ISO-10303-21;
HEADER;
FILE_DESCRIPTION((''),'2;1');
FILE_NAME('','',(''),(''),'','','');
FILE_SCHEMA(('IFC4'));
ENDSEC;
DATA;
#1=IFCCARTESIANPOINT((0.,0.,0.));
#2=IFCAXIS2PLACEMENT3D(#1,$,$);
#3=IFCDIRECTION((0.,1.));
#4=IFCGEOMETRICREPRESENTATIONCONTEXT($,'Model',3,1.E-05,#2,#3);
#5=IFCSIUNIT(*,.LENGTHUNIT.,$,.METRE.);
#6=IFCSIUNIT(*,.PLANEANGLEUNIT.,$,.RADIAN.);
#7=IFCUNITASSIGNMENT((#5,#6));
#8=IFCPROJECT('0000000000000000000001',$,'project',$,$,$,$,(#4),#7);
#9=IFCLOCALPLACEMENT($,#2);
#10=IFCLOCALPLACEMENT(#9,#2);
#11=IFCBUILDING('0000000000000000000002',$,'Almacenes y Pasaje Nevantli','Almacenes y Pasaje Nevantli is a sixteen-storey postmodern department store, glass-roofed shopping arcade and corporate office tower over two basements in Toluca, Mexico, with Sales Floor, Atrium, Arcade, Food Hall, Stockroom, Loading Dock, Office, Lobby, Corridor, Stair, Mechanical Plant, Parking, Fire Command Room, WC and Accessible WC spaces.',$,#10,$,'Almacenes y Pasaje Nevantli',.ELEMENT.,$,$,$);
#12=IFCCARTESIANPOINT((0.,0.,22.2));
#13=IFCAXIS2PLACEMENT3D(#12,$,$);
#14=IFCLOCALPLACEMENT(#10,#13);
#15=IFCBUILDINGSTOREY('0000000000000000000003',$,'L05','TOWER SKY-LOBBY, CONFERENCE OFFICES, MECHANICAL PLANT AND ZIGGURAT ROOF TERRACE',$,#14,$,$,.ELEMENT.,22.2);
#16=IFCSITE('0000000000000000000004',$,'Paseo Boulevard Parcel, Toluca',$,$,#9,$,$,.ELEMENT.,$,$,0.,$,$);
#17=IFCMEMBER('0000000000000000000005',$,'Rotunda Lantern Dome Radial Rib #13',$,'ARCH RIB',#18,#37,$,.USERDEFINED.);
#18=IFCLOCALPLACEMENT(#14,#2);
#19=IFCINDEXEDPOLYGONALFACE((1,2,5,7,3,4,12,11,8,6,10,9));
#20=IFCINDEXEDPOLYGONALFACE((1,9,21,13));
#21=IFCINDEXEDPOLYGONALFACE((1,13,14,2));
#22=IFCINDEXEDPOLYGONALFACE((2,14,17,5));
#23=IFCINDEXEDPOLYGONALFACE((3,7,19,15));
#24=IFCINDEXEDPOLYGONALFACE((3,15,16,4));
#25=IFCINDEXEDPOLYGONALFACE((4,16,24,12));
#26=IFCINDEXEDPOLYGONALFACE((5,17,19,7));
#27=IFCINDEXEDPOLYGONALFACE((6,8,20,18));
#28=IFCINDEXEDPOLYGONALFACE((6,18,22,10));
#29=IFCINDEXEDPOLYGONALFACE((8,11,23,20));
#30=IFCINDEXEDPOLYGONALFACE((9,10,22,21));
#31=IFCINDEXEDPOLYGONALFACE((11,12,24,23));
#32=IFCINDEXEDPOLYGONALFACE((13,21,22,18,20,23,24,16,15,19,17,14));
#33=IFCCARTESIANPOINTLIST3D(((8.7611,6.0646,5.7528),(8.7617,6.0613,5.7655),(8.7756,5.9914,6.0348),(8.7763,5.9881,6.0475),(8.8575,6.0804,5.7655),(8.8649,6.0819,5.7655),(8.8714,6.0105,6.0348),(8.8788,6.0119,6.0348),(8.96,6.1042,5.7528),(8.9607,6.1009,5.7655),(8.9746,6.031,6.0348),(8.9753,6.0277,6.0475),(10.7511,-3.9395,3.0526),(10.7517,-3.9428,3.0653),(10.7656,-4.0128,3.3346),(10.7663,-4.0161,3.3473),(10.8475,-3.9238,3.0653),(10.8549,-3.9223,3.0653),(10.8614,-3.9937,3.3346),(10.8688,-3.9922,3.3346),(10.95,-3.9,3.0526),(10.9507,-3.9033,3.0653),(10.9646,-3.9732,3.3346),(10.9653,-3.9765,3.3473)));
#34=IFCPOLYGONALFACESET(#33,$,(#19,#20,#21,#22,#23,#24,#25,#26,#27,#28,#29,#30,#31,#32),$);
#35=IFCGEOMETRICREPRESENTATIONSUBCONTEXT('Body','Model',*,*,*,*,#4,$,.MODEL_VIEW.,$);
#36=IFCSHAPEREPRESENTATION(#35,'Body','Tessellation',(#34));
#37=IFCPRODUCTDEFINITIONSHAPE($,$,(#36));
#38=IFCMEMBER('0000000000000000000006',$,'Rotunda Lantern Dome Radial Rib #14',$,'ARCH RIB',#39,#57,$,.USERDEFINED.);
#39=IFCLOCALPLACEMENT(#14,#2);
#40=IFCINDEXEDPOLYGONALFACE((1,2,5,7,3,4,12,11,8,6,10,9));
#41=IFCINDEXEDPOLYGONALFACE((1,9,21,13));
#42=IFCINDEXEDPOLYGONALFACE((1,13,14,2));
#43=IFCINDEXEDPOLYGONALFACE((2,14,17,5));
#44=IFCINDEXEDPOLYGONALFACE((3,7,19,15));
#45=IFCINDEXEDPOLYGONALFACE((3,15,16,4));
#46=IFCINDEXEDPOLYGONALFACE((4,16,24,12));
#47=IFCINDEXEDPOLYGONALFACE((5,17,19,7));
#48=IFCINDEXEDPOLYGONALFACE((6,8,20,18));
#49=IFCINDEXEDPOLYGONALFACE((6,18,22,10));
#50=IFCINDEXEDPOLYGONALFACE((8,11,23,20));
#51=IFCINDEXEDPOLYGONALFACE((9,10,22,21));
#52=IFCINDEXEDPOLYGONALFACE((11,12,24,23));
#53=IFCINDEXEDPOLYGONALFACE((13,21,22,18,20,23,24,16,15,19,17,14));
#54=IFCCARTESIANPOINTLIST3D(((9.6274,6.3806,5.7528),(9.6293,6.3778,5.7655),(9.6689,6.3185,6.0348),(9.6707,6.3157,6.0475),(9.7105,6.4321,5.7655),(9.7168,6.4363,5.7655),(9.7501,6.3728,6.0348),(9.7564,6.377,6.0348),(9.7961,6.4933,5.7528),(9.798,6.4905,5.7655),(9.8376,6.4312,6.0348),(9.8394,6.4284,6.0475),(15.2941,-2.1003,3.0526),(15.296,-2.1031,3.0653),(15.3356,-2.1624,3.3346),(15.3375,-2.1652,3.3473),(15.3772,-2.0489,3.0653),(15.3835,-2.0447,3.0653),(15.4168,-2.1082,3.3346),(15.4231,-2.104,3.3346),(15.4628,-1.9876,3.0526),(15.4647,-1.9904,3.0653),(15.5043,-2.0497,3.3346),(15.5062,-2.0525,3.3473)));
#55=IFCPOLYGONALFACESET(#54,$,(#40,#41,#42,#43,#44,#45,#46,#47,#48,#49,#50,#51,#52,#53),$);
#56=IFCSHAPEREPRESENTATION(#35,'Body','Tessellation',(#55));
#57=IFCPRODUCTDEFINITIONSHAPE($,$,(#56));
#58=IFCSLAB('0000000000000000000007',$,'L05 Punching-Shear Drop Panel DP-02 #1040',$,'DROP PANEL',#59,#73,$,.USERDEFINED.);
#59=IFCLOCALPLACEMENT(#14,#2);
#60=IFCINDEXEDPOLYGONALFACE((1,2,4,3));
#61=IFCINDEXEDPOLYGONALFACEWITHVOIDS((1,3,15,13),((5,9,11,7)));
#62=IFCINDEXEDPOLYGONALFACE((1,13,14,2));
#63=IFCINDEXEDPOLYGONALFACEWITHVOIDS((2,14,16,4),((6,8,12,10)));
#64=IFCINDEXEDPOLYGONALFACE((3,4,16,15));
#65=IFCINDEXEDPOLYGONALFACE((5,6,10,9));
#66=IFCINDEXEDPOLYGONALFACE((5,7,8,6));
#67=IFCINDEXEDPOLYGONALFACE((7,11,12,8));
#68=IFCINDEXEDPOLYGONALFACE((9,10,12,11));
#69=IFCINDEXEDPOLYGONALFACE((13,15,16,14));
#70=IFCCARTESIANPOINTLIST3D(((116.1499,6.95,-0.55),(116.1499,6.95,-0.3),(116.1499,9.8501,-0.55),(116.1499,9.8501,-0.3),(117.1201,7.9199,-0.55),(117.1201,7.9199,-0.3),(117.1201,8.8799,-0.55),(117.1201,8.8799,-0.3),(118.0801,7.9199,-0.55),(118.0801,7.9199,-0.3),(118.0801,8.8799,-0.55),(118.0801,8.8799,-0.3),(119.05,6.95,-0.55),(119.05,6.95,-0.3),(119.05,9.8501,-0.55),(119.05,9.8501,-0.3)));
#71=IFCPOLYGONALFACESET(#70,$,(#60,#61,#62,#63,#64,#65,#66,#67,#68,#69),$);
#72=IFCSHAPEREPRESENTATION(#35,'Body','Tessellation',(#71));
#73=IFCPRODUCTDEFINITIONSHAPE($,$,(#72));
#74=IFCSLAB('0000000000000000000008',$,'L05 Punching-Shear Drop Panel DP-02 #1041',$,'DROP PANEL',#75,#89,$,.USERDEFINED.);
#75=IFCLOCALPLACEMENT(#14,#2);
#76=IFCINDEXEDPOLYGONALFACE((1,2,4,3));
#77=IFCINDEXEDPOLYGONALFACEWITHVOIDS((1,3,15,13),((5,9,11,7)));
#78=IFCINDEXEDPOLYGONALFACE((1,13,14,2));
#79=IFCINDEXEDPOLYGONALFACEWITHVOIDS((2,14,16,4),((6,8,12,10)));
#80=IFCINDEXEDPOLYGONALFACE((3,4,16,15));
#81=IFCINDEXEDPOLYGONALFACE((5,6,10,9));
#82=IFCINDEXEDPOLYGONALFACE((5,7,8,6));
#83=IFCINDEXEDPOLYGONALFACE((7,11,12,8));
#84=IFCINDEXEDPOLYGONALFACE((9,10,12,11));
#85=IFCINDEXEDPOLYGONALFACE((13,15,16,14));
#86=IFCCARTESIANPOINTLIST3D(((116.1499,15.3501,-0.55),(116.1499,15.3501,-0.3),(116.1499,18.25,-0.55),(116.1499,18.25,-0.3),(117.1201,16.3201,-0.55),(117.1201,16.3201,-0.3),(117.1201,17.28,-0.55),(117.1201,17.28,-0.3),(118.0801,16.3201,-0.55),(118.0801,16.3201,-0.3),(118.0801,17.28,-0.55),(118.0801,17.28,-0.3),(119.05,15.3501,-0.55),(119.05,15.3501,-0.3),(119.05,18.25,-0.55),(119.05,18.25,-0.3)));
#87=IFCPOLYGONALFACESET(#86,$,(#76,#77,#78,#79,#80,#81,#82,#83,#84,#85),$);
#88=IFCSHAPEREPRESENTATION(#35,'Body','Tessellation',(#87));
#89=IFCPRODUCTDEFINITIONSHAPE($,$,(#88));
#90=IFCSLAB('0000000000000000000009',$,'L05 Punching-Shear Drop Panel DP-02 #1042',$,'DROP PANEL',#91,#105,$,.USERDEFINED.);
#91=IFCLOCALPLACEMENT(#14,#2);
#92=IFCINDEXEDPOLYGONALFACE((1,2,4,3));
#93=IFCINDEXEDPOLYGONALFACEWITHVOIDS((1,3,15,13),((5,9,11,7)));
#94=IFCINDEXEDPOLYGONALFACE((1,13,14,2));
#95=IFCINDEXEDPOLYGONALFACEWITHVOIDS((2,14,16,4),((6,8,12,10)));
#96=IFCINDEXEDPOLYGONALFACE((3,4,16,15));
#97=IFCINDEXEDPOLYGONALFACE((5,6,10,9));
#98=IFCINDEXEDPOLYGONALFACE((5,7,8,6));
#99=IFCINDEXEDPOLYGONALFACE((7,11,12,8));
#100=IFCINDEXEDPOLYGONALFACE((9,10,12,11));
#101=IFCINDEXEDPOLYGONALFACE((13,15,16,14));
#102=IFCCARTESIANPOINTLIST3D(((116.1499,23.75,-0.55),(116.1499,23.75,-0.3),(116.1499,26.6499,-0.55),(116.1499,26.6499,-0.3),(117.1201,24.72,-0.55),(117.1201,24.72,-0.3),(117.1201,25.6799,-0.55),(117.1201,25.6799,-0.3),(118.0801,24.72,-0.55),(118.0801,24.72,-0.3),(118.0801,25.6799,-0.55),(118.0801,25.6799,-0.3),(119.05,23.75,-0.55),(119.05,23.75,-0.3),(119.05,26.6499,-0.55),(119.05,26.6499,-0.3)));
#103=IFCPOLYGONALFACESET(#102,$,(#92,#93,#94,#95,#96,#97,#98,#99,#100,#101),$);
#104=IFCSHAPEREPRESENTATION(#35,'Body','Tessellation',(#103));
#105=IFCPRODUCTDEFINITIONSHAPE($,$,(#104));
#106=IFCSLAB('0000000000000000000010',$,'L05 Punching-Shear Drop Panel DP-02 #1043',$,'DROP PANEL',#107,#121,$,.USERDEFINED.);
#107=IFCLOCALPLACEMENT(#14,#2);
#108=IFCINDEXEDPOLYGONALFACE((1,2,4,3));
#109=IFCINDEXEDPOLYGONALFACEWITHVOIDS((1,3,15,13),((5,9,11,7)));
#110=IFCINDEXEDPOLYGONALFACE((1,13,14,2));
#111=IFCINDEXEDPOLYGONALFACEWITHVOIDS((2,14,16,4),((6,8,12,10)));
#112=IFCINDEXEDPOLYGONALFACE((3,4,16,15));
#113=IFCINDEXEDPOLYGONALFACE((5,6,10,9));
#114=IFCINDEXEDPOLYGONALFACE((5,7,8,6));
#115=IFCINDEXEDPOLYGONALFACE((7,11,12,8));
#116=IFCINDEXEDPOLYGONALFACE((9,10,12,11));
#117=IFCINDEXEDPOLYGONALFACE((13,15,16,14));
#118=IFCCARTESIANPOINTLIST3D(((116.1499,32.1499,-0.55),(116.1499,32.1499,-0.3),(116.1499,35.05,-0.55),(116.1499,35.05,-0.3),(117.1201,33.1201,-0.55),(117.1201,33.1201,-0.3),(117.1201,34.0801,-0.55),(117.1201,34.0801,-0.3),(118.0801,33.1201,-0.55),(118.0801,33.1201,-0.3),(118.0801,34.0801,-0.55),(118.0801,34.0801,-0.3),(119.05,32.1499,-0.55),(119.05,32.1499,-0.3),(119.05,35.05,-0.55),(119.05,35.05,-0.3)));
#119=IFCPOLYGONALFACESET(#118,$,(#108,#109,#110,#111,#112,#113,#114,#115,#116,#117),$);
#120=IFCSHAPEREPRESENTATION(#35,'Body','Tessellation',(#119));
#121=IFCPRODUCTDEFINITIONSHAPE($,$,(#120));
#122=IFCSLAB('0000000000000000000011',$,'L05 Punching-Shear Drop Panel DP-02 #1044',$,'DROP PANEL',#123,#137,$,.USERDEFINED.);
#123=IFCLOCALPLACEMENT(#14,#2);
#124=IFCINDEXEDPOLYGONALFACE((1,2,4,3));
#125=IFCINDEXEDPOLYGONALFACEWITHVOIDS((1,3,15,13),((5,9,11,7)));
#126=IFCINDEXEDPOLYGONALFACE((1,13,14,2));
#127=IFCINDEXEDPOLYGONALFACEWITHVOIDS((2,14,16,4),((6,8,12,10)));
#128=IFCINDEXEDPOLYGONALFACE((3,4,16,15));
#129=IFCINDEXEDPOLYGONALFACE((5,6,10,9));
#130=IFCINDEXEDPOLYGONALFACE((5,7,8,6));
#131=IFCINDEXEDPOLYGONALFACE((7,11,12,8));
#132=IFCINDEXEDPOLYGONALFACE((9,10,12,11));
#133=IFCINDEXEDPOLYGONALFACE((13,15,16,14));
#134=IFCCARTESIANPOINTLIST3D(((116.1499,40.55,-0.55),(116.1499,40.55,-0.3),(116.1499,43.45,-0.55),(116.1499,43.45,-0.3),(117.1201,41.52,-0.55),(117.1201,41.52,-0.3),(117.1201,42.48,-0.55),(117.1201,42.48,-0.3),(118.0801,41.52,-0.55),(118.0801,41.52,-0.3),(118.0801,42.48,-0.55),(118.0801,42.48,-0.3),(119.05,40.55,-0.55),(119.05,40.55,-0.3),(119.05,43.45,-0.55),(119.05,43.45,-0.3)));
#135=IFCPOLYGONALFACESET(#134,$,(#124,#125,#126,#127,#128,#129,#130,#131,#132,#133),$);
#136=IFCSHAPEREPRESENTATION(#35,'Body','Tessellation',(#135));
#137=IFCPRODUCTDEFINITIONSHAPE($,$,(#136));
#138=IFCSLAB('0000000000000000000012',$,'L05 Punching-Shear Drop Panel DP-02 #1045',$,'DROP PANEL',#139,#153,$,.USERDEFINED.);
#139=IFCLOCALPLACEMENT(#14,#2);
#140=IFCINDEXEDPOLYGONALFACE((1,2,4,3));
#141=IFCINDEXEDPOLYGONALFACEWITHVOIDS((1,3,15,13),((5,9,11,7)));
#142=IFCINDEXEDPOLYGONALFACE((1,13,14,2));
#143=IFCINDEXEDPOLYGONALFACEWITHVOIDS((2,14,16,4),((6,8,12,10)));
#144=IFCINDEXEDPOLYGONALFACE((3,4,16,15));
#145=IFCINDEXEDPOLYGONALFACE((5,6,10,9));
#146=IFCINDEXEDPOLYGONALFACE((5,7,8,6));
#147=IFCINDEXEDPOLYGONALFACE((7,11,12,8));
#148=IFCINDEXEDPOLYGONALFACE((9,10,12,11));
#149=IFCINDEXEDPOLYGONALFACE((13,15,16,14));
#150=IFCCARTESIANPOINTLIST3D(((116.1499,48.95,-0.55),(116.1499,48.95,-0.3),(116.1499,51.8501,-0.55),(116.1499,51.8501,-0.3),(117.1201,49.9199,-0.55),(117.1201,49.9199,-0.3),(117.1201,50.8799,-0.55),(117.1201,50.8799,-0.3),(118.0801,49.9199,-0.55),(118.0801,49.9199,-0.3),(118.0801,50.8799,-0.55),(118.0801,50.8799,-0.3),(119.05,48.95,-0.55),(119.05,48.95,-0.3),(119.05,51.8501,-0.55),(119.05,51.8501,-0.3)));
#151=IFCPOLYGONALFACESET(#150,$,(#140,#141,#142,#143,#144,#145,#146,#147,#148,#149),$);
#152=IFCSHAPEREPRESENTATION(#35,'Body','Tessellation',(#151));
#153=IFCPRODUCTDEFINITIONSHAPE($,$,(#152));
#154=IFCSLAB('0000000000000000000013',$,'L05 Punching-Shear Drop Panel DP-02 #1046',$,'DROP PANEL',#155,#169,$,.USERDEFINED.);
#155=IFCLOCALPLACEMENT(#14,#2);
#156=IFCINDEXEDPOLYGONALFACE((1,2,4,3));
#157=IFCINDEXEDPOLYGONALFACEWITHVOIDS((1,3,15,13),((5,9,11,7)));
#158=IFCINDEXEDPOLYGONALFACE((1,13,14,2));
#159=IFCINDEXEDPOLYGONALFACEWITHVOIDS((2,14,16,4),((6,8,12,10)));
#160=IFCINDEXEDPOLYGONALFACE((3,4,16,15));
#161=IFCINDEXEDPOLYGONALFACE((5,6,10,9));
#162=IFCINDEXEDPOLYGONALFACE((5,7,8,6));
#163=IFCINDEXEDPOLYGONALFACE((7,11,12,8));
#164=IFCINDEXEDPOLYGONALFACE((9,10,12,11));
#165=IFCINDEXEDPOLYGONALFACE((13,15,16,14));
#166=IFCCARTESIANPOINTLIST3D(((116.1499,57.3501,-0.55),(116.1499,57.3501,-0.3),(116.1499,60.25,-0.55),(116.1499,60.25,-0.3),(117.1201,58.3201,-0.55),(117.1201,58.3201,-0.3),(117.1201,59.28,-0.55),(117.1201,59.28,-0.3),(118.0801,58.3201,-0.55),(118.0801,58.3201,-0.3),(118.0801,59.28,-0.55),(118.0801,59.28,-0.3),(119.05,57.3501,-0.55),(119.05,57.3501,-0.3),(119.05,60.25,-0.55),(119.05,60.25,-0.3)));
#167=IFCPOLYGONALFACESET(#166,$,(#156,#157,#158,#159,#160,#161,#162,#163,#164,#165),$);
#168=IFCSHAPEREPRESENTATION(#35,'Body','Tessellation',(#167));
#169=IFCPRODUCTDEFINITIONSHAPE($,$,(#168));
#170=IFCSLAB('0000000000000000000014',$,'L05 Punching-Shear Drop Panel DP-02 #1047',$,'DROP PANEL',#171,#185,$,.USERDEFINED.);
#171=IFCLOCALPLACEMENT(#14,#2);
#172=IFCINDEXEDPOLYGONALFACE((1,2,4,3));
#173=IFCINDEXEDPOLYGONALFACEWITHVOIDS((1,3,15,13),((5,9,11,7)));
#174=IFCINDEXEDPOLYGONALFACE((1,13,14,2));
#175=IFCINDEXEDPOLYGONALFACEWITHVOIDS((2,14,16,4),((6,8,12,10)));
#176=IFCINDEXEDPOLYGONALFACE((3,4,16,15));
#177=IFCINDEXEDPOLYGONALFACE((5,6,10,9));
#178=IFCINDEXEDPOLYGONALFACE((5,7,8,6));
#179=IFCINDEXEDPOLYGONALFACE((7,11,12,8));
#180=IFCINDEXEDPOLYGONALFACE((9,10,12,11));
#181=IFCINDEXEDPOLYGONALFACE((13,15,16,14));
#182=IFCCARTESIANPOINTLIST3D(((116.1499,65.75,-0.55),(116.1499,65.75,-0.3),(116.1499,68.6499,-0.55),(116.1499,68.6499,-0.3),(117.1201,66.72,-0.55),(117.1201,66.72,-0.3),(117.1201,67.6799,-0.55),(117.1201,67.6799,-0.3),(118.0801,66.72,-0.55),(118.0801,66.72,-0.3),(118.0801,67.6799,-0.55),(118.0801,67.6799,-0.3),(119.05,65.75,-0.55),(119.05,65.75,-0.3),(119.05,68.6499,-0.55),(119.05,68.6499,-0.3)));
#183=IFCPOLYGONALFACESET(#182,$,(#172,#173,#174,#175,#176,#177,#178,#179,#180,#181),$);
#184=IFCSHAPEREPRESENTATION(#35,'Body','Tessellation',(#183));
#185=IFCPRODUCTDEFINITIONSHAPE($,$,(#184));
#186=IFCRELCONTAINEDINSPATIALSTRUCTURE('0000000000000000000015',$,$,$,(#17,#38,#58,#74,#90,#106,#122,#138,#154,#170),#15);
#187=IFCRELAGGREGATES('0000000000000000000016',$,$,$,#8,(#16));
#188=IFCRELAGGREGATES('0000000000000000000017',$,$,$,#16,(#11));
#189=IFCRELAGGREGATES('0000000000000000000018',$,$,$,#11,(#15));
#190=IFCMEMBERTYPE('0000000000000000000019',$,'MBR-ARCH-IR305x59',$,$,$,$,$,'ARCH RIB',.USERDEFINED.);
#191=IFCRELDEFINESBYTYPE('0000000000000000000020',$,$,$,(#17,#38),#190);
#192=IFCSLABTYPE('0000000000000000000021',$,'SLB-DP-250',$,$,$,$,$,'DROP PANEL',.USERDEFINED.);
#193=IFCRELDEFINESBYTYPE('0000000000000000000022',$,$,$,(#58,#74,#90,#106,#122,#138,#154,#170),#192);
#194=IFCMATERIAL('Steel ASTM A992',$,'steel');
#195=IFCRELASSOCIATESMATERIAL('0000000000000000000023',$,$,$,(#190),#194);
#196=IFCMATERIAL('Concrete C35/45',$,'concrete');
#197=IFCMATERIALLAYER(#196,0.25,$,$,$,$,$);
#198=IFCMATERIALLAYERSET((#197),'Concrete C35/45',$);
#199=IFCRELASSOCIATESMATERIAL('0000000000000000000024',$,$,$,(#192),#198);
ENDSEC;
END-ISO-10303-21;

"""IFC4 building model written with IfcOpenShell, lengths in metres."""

from ifc_helpers import new_model, si_unit, direction, frame, origin, origin_2d, place, context, subcontext, project, spatial, polyline, i_section, outline, extrude, material, layer, layer_set, material_profile, profile_set, type_object, element, save


model = new_model("IFC4")

# Units and contexts
model_context = context("Model", 3, precision=1e-05, world=origin(), true_north=direction((0.0, 1.0)))
body_context = subcontext(model_context, "Body", "Model", "MODEL_VIEW")
ifc_project = project(units=[si_unit("LENGTHUNIT", "METRE"), si_unit("PLANEANGLEUNIT", "RADIAN")], contexts=[model_context])

# Site, building, storey
site_placement = place(None, origin())
site = spatial("IfcSite", under=ifc_project, at=site_placement, Name="Paseo Boulevard Parcel, Toluca", CompositionType="ELEMENT", RefElevation=0.0)
building_placement = place(site_placement, origin())
building = spatial("IfcBuilding", under=site, at=building_placement, Name="Almacenes y Pasaje Nevantli", Description="Almacenes y Pasaje Nevantli is a sixteen-storey postmodern department store, glass-roofed shopping arcade and corporate office tower over two basements in Toluca, Mexico, with Sales Floor, Atrium, Arcade, Food Hall, Stockroom, Loading Dock, Office, Lobby, Corridor, Stair, Mechanical Plant, Parking, Fire Command Room, WC and Accessible WC spaces.", LongName="Almacenes y Pasaje Nevantli", CompositionType="ELEMENT")
storey_placement = place(building_placement, frame((0.0, 0.0, 22.2)))
storey = spatial("IfcBuildingStorey", under=building, at=storey_placement, Name="L05", Description="TOWER SKY-LOBBY, CONFERENCE OFFICES, MECHANICAL PLANT AND ZIGGURAT ROOF TERRACE", CompositionType="ELEMENT", Elevation=22.2)

# Members
ifc_material_1 = material(Name="Steel ASTM A992", Category="steel")
ifc_material_profile_1 = material_profile(ifc_material_1, i_section(OverallWidth=0.2029, OverallDepth=0.3049, WebThickness=0.0076, FlangeThickness=0.0132, at=origin_2d()), Name="IR 305x59.5")
ifc_profile_set_1 = profile_set([ifc_material_profile_1], Name="Steel ASTM A992")
member_type = type_object("IfcMemberType", Name="MBR-ARCH-IR305x59", ElementType="ARCH RIB", PredefinedType="USERDEFINED", material=ifc_profile_set_1)
for number, where, z_axis, x_axis, name in (
    (1, (10.8582, -3.958, 3.2), (-0.188598, 0.948126, 0.255906), (-0.980785, -0.195094, 0.0), "Rotunda Lantern Dome Radial Rib #13"),
):
    element("IfcMember", number, at=place(storey_placement, frame(where, z_axis=z_axis, x_axis=x_axis)), inside=storey, type_object=member_type, Name=name, ObjectType="ARCH RIB", PredefinedType="USERDEFINED", context=body_context, shape_type="SweptSolid", body=[
        extrude(i_section(OverallWidth=0.2029, OverallDepth=0.3049, WebThickness=0.0076, FlangeThickness=0.0132, at=origin_2d()), origin(), (0.0, 0.0, 1.0), 10.5515),
    ])
member_1_placement = place(storey_placement, frame((15.4001, -2.0764, 3.2), z_axis=(-0.537067, 0.803784, 0.255911), x_axis=(-0.831472, -0.555567, 0.0)))
element("IfcMember", 2, at=member_1_placement, inside=storey, type_object=member_type, Name="Rotunda Lantern Dome Radial Rib #14", ObjectType="ARCH RIB", PredefinedType="USERDEFINED", context=body_context, shape_type="SweptSolid", body=[
    extrude(i_section(OverallWidth=0.2029, OverallDepth=0.3049, WebThickness=0.0076, FlangeThickness=0.0132, at=origin_2d()), origin(), (0.0, 0.0, 1.0), 10.5513),
])

# Slabs
ifc_material_2 = material(Name="Concrete C35/45", Category="concrete")
ifc_layer_1 = layer(ifc_material_2, 0.25)
ifc_layer_set_1 = layer_set([ifc_layer_1], Name="Concrete C35/45")
slab_type_1 = type_object("IfcSlabType", Name="SLB-DP-250", ElementType="DROP PANEL", PredefinedType="USERDEFINED", material=ifc_layer_set_1)
slab_1_placement = place(storey_placement, frame((0.0, 0.0, -0.55)))
element("IfcSlab", 3, at=slab_1_placement, inside=storey, type_object=slab_type_1, Name="L05 Punching-Shear Drop Panel DP-02 #1040", ObjectType="DROP PANEL", PredefinedType="USERDEFINED", context=body_context, shape_type="SweptSolid", body=[
    extrude(outline(polyline([(116.1499, 6.95), (119.05, 6.95), (119.05, 9.8501), (116.1499, 9.8501), (116.1499, 6.95)]), holes=[polyline([(117.1201, 7.9199), (118.0801, 7.9199), (118.0801, 8.8799), (117.1201, 8.8799), (117.1201, 7.9199)])]), origin(), (0.0, 0.0, 1.0), 0.25),
])
slab_2_placement = place(storey_placement, frame((0.0, 0.0, -0.55)))
element("IfcSlab", 4, at=slab_2_placement, inside=storey, type_object=slab_type_1, Name="L05 Punching-Shear Drop Panel DP-02 #1041", ObjectType="DROP PANEL", PredefinedType="USERDEFINED", context=body_context, shape_type="SweptSolid", body=[
    extrude(outline(polyline([(116.1499, 15.3501), (119.05, 15.3501), (119.05, 18.25), (116.1499, 18.25), (116.1499, 15.3501)]), holes=[polyline([(117.1201, 16.3201), (118.0801, 16.3201), (118.0801, 17.28), (117.1201, 17.28), (117.1201, 16.3201)])]), origin(), (0.0, 0.0, 1.0), 0.25),
])
slab_3_placement = place(storey_placement, frame((0.0, 0.0, -0.55)))
element("IfcSlab", 5, at=slab_3_placement, inside=storey, type_object=slab_type_1, Name="L05 Punching-Shear Drop Panel DP-02 #1042", ObjectType="DROP PANEL", PredefinedType="USERDEFINED", context=body_context, shape_type="SweptSolid", body=[
    extrude(outline(polyline([(116.1499, 23.75), (119.05, 23.75), (119.05, 26.6499), (116.1499, 26.6499), (116.1499, 23.75)]), holes=[polyline([(117.1201, 24.72), (118.0801, 24.72), (118.0801, 25.6799), (117.1201, 25.6799), (117.1201, 24.72)])]), origin(), (0.0, 0.0, 1.0), 0.25),
])
slab_4_placement = place(storey_placement, frame((0.0, 0.0, -0.55)))
element("IfcSlab", 6, at=slab_4_placement, inside=storey, type_object=slab_type_1, Name="L05 Punching-Shear Drop Panel DP-02 #1043", ObjectType="DROP PANEL", PredefinedType="USERDEFINED", context=body_context, shape_type="SweptSolid", body=[
    extrude(outline(polyline([(116.1499, 32.1499), (119.05, 32.1499), (119.05, 35.05), (116.1499, 35.05), (116.1499, 32.1499)]), holes=[polyline([(117.1201, 33.1201), (118.0801, 33.1201), (118.0801, 34.0801), (117.1201, 34.0801), (117.1201, 33.1201)])]), origin(), (0.0, 0.0, 1.0), 0.25),
])
slab_5_placement = place(storey_placement, frame((0.0, 0.0, -0.55)))
element("IfcSlab", 7, at=slab_5_placement, inside=storey, type_object=slab_type_1, Name="L05 Punching-Shear Drop Panel DP-02 #1044", ObjectType="DROP PANEL", PredefinedType="USERDEFINED", context=body_context, shape_type="SweptSolid", body=[
    extrude(outline(polyline([(116.1499, 40.55), (119.05, 40.55), (119.05, 43.45), (116.1499, 43.45), (116.1499, 40.55)]), holes=[polyline([(117.1201, 41.52), (118.0801, 41.52), (118.0801, 42.48), (117.1201, 42.48), (117.1201, 41.52)])]), origin(), (0.0, 0.0, 1.0), 0.25),
])
slab_6_placement = place(storey_placement, frame((0.0, 0.0, -0.55)))
element("IfcSlab", 8, at=slab_6_placement, inside=storey, type_object=slab_type_1, Name="L05 Punching-Shear Drop Panel DP-02 #1045", ObjectType="DROP PANEL", PredefinedType="USERDEFINED", context=body_context, shape_type="SweptSolid", body=[
    extrude(outline(polyline([(116.1499, 48.95), (119.05, 48.95), (119.05, 51.8501), (116.1499, 51.8501), (116.1499, 48.95)]), holes=[polyline([(117.1201, 49.9199), (118.0801, 49.9199), (118.0801, 50.8799), (117.1201, 50.8799), (117.1201, 49.9199)])]), origin(), (0.0, 0.0, 1.0), 0.25),
])
slab_7_placement = place(storey_placement, frame((0.0, 0.0, -0.55)))
element("IfcSlab", 9, at=slab_7_placement, inside=storey, type_object=slab_type_1, Name="L05 Punching-Shear Drop Panel DP-02 #1046", ObjectType="DROP PANEL", PredefinedType="USERDEFINED", context=body_context, shape_type="SweptSolid", body=[
    extrude(outline(polyline([(116.1499, 57.3501), (119.05, 57.3501), (119.05, 60.25), (116.1499, 60.25), (116.1499, 57.3501)]), holes=[polyline([(117.1201, 58.3201), (118.0801, 58.3201), (118.0801, 59.28), (117.1201, 59.28), (117.1201, 58.3201)])]), origin(), (0.0, 0.0, 1.0), 0.25),
])
slab_8_placement = place(storey_placement, frame((0.0, 0.0, -0.55)))
element("IfcSlab", 10, at=slab_8_placement, inside=storey, type_object=slab_type_1, Name="L05 Punching-Shear Drop Panel DP-02 #1047", ObjectType="DROP PANEL", PredefinedType="USERDEFINED", context=body_context, shape_type="SweptSolid", body=[
    extrude(outline(polyline([(116.1499, 65.75), (119.05, 65.75), (119.05, 68.6499), (116.1499, 68.6499), (116.1499, 65.75)]), holes=[polyline([(117.1201, 66.72), (118.0801, 66.72), (118.0801, 67.6799), (117.1201, 67.6799), (117.1201, 66.72)])]), origin(), (0.0, 0.0, 1.0), 0.25),
])

save(model, "model.ifc")
